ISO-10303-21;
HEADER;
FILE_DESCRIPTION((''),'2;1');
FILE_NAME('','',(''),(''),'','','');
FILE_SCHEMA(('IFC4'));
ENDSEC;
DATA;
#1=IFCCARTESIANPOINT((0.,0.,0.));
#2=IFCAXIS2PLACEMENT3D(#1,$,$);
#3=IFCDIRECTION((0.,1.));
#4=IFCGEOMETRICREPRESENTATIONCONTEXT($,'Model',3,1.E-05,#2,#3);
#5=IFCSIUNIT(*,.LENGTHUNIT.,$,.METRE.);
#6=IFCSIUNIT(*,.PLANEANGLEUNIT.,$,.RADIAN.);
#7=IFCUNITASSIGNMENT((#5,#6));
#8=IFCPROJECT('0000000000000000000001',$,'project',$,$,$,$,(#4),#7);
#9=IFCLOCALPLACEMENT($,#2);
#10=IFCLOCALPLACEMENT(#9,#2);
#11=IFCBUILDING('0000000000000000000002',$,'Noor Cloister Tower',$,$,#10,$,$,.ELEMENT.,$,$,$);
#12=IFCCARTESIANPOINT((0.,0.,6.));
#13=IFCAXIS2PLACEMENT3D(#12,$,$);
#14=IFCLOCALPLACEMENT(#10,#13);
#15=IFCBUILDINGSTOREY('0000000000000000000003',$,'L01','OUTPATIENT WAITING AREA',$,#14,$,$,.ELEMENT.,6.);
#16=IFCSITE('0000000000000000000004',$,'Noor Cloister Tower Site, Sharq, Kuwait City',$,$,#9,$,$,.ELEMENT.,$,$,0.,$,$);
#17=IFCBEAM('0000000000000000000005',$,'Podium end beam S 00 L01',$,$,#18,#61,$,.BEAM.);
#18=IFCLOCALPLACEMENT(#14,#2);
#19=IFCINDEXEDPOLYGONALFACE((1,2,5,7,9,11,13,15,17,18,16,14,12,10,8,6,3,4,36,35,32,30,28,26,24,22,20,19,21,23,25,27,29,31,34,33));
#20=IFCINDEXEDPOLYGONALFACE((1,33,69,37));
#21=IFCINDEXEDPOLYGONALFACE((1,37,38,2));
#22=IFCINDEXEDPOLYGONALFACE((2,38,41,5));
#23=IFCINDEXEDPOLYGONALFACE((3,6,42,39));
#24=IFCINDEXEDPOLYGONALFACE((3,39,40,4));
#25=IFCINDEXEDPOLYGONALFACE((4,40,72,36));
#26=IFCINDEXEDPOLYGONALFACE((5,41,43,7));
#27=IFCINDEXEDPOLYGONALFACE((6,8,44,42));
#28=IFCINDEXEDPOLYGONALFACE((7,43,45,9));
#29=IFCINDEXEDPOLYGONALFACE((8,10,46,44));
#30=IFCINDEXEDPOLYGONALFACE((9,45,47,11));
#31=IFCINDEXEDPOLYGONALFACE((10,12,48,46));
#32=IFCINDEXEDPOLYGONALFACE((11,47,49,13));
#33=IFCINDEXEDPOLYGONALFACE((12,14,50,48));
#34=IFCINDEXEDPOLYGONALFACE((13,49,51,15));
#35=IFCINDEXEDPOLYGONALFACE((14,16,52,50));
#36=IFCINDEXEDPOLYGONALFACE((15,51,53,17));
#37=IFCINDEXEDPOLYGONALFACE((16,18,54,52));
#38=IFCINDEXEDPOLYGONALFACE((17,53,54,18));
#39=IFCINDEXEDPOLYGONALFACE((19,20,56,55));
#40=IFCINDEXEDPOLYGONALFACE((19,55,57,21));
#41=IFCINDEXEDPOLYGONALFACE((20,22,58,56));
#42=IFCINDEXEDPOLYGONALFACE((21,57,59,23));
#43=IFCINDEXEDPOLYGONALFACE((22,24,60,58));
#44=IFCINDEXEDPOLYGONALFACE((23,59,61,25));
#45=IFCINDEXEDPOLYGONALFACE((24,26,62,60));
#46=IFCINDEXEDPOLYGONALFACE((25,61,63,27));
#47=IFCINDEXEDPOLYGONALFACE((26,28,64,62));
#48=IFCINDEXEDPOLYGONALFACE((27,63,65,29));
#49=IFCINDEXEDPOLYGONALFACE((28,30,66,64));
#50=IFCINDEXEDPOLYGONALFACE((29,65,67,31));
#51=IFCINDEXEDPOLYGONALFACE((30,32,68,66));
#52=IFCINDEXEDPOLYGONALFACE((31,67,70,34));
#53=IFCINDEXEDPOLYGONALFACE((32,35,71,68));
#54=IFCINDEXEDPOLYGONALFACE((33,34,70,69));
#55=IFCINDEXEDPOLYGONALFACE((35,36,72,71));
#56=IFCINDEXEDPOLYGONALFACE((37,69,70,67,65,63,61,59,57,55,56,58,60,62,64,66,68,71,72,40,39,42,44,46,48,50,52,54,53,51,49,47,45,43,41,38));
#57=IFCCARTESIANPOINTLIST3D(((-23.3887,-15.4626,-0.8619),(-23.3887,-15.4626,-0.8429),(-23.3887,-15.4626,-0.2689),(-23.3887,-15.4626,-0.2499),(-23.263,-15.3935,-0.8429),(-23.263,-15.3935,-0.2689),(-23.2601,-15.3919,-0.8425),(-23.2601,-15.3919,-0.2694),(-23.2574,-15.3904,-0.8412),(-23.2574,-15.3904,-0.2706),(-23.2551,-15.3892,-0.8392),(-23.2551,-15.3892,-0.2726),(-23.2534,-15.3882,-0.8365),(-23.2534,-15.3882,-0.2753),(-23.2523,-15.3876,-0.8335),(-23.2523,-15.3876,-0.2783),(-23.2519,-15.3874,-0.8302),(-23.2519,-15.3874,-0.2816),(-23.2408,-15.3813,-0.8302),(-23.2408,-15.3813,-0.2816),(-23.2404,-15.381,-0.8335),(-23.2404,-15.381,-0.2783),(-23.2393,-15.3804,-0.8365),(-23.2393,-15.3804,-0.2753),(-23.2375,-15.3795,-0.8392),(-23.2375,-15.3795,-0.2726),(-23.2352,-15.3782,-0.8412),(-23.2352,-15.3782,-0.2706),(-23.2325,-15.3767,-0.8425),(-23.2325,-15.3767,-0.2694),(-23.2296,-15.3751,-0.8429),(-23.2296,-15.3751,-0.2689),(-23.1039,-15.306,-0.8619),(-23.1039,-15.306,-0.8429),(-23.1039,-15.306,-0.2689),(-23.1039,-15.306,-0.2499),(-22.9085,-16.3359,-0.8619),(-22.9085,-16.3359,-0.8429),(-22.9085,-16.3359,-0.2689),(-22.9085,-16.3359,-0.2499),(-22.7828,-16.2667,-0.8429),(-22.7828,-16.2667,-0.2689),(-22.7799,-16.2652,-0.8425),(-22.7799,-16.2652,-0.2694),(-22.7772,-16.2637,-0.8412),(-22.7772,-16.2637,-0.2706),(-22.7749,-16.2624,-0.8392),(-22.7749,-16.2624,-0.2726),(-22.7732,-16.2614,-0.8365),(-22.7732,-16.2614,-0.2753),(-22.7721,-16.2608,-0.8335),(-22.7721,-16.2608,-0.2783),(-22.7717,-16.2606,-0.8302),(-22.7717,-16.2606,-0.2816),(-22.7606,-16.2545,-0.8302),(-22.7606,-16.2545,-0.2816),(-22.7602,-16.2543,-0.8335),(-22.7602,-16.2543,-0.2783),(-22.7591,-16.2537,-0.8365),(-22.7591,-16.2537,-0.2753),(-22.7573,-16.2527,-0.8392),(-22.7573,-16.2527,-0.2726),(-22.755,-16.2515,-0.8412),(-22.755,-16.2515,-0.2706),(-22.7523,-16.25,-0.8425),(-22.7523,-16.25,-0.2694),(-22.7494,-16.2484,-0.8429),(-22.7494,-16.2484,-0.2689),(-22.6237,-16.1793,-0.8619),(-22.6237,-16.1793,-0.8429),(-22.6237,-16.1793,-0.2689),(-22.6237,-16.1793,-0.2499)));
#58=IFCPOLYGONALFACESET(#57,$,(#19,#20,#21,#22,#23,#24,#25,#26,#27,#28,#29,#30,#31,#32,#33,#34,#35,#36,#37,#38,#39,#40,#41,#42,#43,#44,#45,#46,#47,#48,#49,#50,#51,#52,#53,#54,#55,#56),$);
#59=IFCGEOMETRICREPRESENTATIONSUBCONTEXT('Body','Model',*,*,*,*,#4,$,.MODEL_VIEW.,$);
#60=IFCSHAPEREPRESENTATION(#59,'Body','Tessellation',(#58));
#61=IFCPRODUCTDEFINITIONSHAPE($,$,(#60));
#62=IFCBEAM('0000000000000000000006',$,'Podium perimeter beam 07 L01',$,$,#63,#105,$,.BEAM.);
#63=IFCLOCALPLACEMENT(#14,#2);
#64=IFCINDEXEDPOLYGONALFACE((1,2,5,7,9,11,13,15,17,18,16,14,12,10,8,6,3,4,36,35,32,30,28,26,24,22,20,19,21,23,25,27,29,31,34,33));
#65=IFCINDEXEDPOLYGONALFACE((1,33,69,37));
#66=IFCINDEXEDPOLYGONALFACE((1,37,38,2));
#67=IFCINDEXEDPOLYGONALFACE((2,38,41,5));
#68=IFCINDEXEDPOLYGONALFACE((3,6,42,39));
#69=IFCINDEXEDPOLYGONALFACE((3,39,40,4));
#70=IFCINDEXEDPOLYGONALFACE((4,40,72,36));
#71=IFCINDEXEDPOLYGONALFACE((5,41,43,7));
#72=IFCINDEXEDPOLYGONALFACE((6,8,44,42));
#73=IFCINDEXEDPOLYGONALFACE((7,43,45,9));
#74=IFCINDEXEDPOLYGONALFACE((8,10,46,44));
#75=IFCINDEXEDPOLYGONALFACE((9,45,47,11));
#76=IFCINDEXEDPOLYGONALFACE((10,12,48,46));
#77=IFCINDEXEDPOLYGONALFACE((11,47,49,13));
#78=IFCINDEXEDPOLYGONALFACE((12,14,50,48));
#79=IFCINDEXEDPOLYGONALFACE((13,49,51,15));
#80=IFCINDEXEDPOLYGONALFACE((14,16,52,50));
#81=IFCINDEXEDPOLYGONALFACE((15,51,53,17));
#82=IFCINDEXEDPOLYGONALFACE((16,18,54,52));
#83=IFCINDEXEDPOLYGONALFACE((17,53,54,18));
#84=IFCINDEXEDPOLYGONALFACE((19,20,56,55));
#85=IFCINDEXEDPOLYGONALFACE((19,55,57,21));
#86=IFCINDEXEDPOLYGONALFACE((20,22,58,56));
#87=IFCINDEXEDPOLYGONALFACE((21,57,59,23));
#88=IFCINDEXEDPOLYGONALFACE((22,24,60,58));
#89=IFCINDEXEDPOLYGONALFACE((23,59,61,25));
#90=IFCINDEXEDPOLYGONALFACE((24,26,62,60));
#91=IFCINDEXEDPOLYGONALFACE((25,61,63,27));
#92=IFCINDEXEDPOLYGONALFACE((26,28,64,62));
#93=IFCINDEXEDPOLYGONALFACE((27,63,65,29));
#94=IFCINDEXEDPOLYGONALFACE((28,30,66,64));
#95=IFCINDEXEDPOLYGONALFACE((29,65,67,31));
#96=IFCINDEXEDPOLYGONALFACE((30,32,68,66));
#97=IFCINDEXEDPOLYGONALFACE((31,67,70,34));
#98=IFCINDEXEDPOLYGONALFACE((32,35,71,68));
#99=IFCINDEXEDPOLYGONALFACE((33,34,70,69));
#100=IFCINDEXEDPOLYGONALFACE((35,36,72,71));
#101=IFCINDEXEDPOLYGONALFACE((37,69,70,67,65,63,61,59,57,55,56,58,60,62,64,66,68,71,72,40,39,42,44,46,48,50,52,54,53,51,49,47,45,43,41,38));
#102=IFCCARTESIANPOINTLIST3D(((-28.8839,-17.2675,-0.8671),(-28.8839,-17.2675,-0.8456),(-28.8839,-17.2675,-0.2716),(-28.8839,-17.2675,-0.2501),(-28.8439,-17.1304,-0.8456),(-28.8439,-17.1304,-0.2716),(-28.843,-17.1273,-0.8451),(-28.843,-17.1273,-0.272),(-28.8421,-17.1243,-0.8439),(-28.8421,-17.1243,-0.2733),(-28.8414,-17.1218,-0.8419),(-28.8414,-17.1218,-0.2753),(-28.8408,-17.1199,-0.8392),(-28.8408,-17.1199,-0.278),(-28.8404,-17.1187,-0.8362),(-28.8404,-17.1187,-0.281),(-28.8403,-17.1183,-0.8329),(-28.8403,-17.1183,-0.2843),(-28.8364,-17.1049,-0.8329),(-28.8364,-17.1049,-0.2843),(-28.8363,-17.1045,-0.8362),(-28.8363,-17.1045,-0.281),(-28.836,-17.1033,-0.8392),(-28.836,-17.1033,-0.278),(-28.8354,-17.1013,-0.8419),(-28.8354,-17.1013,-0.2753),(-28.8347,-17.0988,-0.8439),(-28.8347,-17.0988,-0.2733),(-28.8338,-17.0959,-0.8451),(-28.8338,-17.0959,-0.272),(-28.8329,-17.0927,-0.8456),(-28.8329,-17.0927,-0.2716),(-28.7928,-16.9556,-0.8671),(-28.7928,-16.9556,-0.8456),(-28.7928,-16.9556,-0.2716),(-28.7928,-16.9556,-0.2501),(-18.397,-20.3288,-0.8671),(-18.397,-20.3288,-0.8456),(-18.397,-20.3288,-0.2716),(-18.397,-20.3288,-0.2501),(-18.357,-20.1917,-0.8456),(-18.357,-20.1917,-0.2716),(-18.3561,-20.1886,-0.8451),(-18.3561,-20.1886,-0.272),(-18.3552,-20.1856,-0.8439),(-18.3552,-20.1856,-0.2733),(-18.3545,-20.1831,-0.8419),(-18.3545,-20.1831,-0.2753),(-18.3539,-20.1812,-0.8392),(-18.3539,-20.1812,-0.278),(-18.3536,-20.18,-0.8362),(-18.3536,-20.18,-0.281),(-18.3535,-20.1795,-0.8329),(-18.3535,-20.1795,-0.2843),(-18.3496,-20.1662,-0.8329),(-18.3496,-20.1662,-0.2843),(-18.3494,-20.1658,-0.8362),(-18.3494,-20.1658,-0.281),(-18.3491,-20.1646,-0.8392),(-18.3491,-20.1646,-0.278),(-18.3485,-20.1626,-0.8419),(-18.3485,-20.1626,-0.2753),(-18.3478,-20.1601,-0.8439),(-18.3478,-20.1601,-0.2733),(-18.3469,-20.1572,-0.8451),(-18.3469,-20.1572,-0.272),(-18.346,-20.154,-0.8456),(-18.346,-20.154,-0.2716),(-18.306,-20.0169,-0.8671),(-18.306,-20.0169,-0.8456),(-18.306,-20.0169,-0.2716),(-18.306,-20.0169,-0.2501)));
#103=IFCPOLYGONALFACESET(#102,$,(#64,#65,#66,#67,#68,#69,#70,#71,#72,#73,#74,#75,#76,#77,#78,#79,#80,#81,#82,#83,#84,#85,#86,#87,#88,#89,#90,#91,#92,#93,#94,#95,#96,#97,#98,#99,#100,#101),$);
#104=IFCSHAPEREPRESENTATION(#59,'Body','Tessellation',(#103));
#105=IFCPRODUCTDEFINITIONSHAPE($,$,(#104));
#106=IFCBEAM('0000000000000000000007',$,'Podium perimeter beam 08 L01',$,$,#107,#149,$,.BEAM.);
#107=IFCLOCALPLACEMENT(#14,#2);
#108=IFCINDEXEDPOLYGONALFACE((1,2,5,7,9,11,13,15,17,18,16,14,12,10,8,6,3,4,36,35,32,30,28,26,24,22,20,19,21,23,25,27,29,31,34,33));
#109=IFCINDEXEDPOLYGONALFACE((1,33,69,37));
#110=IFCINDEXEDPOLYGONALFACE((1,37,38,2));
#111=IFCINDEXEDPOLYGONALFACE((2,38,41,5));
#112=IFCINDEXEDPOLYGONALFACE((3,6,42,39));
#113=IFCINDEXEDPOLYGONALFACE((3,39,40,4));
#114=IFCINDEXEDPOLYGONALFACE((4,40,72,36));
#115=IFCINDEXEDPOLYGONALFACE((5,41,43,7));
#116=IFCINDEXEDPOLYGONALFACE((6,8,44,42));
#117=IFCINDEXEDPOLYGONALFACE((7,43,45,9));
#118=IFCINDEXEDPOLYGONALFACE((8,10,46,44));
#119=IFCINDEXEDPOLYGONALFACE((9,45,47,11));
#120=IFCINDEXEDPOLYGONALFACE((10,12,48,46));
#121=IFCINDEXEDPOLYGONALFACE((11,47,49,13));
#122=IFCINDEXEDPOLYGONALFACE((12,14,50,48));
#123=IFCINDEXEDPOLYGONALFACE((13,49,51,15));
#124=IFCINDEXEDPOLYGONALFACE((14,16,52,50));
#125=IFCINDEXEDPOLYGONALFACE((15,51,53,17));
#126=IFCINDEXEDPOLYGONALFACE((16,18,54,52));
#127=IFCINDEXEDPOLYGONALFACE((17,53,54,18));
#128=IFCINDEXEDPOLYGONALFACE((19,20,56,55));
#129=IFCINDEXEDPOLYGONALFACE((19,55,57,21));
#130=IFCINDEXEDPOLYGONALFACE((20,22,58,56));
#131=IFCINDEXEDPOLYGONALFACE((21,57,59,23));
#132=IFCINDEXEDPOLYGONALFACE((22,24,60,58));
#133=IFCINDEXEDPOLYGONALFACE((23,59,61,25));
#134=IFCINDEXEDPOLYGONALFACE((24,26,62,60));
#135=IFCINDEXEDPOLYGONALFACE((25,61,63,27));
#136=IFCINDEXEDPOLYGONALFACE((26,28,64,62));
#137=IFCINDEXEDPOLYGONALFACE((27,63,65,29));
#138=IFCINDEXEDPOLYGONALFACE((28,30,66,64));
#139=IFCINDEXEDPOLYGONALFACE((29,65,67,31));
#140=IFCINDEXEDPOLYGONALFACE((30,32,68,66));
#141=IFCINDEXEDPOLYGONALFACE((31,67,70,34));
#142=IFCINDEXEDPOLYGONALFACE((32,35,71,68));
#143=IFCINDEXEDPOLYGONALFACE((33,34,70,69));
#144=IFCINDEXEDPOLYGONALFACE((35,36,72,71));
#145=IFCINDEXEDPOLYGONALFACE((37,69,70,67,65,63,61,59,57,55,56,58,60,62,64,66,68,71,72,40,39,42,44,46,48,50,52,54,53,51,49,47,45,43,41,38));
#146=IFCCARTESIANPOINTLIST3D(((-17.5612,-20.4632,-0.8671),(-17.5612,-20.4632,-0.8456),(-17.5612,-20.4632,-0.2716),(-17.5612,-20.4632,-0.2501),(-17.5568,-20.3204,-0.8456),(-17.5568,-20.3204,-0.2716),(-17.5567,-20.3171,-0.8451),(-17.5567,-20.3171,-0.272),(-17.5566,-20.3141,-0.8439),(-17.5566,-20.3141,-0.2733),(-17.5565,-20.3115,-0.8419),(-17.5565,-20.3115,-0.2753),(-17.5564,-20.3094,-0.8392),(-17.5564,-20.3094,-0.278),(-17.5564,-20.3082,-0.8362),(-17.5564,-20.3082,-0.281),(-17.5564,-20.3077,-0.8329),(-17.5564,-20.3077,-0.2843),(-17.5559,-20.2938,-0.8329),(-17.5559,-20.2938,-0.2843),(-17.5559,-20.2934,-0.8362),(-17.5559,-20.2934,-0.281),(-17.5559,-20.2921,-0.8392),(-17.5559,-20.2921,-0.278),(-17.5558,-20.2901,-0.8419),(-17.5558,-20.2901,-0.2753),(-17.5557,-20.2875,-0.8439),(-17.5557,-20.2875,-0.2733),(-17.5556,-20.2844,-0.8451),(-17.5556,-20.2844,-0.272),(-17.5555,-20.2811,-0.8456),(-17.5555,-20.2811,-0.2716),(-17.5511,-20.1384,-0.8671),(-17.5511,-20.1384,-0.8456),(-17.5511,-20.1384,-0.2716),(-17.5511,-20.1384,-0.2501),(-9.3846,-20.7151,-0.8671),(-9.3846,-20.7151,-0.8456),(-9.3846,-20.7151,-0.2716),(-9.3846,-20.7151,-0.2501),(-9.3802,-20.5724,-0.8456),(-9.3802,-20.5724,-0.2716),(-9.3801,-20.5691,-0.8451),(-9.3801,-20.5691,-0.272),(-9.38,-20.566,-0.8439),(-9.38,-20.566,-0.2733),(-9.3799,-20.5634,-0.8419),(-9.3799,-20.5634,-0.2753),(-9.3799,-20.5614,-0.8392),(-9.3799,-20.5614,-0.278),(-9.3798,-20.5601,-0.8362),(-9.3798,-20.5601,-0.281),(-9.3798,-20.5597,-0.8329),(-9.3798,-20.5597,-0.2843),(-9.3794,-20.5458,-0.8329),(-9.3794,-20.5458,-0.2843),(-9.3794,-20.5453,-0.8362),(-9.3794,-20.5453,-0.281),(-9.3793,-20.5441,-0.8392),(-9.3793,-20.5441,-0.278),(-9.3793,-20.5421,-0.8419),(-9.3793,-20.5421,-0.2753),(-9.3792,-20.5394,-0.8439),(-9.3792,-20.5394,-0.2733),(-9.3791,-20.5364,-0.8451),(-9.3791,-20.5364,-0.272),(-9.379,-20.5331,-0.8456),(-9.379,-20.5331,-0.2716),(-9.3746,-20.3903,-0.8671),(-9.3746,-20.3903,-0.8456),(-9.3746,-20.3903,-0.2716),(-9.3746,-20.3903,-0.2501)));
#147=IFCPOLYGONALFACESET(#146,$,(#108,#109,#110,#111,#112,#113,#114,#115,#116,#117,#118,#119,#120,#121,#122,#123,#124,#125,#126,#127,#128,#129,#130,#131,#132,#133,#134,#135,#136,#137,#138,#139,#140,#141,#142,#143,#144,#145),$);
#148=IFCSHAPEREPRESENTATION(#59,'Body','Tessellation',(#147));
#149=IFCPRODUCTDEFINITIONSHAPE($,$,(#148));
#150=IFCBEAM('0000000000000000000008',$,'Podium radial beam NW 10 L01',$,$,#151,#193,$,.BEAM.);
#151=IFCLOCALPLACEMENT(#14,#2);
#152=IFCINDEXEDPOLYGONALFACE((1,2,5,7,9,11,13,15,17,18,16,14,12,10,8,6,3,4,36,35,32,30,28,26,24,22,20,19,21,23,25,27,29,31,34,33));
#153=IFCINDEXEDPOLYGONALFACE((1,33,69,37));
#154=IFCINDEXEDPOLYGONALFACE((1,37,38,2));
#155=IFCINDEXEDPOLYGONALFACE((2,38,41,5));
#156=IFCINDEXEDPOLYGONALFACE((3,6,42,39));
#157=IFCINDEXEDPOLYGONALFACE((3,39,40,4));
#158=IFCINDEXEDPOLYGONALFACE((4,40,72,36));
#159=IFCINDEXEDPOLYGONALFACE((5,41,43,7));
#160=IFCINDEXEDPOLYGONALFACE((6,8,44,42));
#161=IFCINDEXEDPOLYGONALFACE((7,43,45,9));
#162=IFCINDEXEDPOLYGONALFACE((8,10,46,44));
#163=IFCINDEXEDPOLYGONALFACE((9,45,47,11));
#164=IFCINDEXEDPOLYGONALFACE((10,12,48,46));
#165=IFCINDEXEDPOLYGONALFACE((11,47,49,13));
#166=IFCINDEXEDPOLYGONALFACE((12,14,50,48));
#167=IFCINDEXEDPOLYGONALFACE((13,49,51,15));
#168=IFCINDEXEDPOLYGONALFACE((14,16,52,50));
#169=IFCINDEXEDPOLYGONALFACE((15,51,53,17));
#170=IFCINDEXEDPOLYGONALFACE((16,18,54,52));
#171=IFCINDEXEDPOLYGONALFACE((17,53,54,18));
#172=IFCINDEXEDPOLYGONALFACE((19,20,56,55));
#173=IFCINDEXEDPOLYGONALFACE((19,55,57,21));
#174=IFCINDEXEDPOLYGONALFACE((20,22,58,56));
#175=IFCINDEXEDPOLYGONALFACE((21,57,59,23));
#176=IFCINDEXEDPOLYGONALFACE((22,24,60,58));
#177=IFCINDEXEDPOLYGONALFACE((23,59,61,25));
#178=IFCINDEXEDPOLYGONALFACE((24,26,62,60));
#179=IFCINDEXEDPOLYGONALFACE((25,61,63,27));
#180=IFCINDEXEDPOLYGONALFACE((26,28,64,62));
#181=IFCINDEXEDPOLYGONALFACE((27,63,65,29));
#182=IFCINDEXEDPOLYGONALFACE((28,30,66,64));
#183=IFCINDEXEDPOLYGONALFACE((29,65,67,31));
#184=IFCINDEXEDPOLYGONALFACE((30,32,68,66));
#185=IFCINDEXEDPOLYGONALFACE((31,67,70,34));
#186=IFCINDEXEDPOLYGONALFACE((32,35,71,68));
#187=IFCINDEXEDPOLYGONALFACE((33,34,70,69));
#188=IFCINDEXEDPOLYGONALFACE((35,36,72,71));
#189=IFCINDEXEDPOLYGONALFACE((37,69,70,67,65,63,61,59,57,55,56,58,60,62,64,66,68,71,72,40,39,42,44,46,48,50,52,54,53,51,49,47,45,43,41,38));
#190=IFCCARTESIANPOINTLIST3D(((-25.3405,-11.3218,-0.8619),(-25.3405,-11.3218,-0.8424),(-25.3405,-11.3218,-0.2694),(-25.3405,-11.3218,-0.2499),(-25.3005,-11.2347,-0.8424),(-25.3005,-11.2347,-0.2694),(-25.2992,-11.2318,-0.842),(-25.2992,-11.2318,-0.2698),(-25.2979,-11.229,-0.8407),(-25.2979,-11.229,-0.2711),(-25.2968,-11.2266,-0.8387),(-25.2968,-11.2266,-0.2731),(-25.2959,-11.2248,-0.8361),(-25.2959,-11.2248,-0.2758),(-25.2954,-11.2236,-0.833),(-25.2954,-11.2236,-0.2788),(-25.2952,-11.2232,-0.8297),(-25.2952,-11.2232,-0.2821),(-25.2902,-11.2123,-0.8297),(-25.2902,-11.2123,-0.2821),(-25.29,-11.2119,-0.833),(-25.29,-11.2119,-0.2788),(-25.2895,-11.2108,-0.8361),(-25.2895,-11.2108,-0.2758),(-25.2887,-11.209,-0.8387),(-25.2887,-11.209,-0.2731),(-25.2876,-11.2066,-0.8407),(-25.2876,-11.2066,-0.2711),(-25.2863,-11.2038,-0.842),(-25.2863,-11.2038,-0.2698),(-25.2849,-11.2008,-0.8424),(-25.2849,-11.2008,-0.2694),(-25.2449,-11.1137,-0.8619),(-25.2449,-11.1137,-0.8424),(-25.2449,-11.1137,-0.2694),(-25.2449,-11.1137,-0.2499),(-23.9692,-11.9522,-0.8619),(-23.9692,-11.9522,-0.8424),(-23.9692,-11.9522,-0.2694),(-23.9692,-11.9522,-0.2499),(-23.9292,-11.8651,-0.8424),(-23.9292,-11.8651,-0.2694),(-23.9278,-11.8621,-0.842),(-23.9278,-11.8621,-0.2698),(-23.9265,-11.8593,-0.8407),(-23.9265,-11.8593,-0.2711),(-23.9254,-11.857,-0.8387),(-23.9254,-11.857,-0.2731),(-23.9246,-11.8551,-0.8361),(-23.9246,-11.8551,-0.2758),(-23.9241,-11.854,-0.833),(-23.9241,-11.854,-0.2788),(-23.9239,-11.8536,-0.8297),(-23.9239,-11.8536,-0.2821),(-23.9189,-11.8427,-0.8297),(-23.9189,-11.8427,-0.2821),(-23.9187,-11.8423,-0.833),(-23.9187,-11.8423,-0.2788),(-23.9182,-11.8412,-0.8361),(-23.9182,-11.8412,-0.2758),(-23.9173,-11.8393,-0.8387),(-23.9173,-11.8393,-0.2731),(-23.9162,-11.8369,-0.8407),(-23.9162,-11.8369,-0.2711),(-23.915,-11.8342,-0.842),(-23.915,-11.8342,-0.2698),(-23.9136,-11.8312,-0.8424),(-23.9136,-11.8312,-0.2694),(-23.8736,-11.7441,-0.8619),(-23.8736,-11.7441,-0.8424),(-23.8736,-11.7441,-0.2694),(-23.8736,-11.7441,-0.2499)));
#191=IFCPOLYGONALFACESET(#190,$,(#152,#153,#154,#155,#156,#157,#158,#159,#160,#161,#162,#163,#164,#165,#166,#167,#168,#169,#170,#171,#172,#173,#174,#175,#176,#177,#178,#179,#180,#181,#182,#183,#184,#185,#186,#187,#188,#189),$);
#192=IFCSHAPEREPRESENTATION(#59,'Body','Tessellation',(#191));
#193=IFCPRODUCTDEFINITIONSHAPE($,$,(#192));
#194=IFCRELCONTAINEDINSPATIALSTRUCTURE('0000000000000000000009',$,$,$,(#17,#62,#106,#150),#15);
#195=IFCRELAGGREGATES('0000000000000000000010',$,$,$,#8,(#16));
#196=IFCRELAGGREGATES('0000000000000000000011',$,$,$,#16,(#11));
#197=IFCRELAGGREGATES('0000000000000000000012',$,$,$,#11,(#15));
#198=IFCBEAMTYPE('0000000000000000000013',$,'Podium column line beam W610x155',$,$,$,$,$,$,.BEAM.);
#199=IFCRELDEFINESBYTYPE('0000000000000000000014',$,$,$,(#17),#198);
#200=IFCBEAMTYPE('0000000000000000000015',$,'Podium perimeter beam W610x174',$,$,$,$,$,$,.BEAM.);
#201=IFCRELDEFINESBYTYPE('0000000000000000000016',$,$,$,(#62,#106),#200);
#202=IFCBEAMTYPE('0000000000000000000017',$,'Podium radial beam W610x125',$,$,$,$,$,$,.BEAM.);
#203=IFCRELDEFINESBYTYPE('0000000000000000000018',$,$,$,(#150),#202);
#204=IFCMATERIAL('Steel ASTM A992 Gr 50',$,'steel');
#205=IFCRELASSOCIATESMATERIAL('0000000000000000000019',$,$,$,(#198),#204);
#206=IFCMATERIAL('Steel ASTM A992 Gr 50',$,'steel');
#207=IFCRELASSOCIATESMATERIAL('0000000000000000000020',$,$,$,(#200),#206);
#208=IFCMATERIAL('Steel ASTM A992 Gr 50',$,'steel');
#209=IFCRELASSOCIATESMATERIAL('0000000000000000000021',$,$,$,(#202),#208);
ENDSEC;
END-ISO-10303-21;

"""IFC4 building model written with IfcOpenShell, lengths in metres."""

from ifc_helpers import new_model, si_unit, direction, frame, origin, origin_2d, place, context, subcontext, project, spatial, i_section, extrude, material, material_profile, profile_set, type_object, element, save


model = new_model("IFC4")

# Units and contexts
model_context = context("Model", 3, precision=1e-05, world=origin(), true_north=direction((0.0, 1.0)))
body_context = subcontext(model_context, "Body", "Model", "MODEL_VIEW")
ifc_project = project(units=[si_unit("LENGTHUNIT", "METRE"), si_unit("PLANEANGLEUNIT", "RADIAN")], contexts=[model_context])

# Site, building, storey
site_placement = place(None, origin())
site = spatial("IfcSite", under=ifc_project, at=site_placement, Name="Noor Cloister Tower Site, Sharq, Kuwait City", CompositionType="ELEMENT", RefElevation=0.0)
building_placement = place(site_placement, origin())
building = spatial("IfcBuilding", under=site, at=building_placement, Name="Noor Cloister Tower", CompositionType="ELEMENT")
storey_placement = place(building_placement, frame((0.0, 0.0, 6.0)))
storey = spatial("IfcBuildingStorey", under=building, at=storey_placement, Name="L01", Description="OUTPATIENT WAITING AREA", CompositionType="ELEMENT", Elevation=6.0)

# Beams
ifc_material_1 = material(Name="Steel ASTM A992 Gr 50", Category="steel")
ifc_material_profile_1 = material_profile(ifc_material_1, i_section(OverallWidth=0.325, OverallDepth=0.6121, WebThickness=0.0127, FlangeThickness=0.019, FilletRadius=0.0127, at=origin_2d()), Name="W610x155")
ifc_profile_set_1 = profile_set([ifc_material_profile_1], Name="Steel ASTM A992 Gr 50")
beam_type_1 = type_object("IfcBeamType", Name="Podium column line beam W610x155", PredefinedType="BEAM", material=ifc_profile_set_1)
for number, where, z_axis, x_axis, name in (
    (1, (-22.7661, -16.2576, -0.5559), (-0.481853, 0.876252, 0.0), (-0.876252, -0.481853, 0.0), "Podium end beam S 00 L01"),
):
    element("IfcBeam", number, at=place(storey_placement, frame(where, z_axis=z_axis, x_axis=x_axis)), inside=storey, type_object=beam_type_1, Name=name, PredefinedType="BEAM", context=body_context, shape_type="SweptSolid", body=[
        extrude(i_section(OverallWidth=0.325, OverallDepth=0.6121, WebThickness=0.0127, FlangeThickness=0.019, FilletRadius=0.0127, at=origin_2d()), origin(), (0.0, 0.0, 1.0), 0.9966),
    ])
ifc_material_2 = material(Name="Steel ASTM A992 Gr 50", Category="steel")
ifc_material_profile_2 = material_profile(ifc_material_2, i_section(OverallWidth=0.325, OverallDepth=0.6169, WebThickness=0.0139, FlangeThickness=0.0215, FilletRadius=0.0127, at=origin_2d()), Name="W610x174")
ifc_profile_set_2 = profile_set([ifc_material_profile_2], Name="Steel ASTM A992 Gr 50")
beam_type_2 = type_object("IfcBeamType", Name="Podium perimeter beam W610x174", PredefinedType="BEAM", material=ifc_profile_set_2)
beam_1_placement = place(storey_placement, frame((-28.8384, -17.1116, -0.5586), z_axis=(0.959935, -0.280221, 0.0), x_axis=(0.280221, 0.959935, 0.0)))
element("IfcBeam", 2, at=beam_1_placement, inside=storey, type_object=beam_type_2, Name="Podium perimeter beam 07 L01", PredefinedType="BEAM", context=body_context, shape_type="SweptSolid", body=[
    extrude(i_section(OverallWidth=0.325, OverallDepth=0.6169, WebThickness=0.0139, FlangeThickness=0.0215, FilletRadius=0.0127, at=origin_2d()), origin(), (0.0, 0.0, 1.0), 10.9246),
])
beam_2_placement = place(storey_placement, frame((-17.5562, -20.3008, -0.5586), z_axis=(0.999526, -0.0308, 0.0), x_axis=(0.0308, 0.999526, 0.0)))
element("IfcBeam", 3, at=beam_2_placement, inside=storey, type_object=beam_type_2, Name="Podium perimeter beam 08 L01", PredefinedType="BEAM", context=body_context, shape_type="SweptSolid", body=[
    extrude(i_section(OverallWidth=0.325, OverallDepth=0.6169, WebThickness=0.0139, FlangeThickness=0.0215, FilletRadius=0.0127, at=origin_2d()), origin(), (0.0, 0.0, 1.0), 8.1804),
])
ifc_material_3 = material(Name="Steel ASTM A992 Gr 50", Category="steel")
ifc_material_profile_3 = material_profile(ifc_material_3, i_section(OverallWidth=0.229, OverallDepth=0.6121, WebThickness=0.012, FlangeThickness=0.0195, FilletRadius=0.0127, at=origin_2d()), Name="W610x125")
ifc_profile_set_3 = profile_set([ifc_material_profile_3], Name="Steel ASTM A992 Gr 50")
beam_type_3 = type_object("IfcBeamType", Name="Podium radial beam W610x125", PredefinedType="BEAM", material=ifc_profile_set_3)
for number, where, z_axis, x_axis, name in (
    (4, (-25.2927, -11.2178, -0.5559), (0.908602, -0.417663, 0.0), (0.417663, 0.908602, 0.0), "Podium radial beam NW 10 L01"),
):
    element("IfcBeam", number, at=place(storey_placement, frame(where, z_axis=z_axis, x_axis=x_axis)), inside=storey, type_object=beam_type_3, Name=name, PredefinedType="BEAM", context=body_context, shape_type="SweptSolid", body=[
        extrude(i_section(OverallWidth=0.229, OverallDepth=0.6121, WebThickness=0.012, FlangeThickness=0.0195, FilletRadius=0.0127, at=origin_2d()), origin(), (0.0, 0.0, 1.0), 1.5093),
    ])

save(model, "model.ifc")
